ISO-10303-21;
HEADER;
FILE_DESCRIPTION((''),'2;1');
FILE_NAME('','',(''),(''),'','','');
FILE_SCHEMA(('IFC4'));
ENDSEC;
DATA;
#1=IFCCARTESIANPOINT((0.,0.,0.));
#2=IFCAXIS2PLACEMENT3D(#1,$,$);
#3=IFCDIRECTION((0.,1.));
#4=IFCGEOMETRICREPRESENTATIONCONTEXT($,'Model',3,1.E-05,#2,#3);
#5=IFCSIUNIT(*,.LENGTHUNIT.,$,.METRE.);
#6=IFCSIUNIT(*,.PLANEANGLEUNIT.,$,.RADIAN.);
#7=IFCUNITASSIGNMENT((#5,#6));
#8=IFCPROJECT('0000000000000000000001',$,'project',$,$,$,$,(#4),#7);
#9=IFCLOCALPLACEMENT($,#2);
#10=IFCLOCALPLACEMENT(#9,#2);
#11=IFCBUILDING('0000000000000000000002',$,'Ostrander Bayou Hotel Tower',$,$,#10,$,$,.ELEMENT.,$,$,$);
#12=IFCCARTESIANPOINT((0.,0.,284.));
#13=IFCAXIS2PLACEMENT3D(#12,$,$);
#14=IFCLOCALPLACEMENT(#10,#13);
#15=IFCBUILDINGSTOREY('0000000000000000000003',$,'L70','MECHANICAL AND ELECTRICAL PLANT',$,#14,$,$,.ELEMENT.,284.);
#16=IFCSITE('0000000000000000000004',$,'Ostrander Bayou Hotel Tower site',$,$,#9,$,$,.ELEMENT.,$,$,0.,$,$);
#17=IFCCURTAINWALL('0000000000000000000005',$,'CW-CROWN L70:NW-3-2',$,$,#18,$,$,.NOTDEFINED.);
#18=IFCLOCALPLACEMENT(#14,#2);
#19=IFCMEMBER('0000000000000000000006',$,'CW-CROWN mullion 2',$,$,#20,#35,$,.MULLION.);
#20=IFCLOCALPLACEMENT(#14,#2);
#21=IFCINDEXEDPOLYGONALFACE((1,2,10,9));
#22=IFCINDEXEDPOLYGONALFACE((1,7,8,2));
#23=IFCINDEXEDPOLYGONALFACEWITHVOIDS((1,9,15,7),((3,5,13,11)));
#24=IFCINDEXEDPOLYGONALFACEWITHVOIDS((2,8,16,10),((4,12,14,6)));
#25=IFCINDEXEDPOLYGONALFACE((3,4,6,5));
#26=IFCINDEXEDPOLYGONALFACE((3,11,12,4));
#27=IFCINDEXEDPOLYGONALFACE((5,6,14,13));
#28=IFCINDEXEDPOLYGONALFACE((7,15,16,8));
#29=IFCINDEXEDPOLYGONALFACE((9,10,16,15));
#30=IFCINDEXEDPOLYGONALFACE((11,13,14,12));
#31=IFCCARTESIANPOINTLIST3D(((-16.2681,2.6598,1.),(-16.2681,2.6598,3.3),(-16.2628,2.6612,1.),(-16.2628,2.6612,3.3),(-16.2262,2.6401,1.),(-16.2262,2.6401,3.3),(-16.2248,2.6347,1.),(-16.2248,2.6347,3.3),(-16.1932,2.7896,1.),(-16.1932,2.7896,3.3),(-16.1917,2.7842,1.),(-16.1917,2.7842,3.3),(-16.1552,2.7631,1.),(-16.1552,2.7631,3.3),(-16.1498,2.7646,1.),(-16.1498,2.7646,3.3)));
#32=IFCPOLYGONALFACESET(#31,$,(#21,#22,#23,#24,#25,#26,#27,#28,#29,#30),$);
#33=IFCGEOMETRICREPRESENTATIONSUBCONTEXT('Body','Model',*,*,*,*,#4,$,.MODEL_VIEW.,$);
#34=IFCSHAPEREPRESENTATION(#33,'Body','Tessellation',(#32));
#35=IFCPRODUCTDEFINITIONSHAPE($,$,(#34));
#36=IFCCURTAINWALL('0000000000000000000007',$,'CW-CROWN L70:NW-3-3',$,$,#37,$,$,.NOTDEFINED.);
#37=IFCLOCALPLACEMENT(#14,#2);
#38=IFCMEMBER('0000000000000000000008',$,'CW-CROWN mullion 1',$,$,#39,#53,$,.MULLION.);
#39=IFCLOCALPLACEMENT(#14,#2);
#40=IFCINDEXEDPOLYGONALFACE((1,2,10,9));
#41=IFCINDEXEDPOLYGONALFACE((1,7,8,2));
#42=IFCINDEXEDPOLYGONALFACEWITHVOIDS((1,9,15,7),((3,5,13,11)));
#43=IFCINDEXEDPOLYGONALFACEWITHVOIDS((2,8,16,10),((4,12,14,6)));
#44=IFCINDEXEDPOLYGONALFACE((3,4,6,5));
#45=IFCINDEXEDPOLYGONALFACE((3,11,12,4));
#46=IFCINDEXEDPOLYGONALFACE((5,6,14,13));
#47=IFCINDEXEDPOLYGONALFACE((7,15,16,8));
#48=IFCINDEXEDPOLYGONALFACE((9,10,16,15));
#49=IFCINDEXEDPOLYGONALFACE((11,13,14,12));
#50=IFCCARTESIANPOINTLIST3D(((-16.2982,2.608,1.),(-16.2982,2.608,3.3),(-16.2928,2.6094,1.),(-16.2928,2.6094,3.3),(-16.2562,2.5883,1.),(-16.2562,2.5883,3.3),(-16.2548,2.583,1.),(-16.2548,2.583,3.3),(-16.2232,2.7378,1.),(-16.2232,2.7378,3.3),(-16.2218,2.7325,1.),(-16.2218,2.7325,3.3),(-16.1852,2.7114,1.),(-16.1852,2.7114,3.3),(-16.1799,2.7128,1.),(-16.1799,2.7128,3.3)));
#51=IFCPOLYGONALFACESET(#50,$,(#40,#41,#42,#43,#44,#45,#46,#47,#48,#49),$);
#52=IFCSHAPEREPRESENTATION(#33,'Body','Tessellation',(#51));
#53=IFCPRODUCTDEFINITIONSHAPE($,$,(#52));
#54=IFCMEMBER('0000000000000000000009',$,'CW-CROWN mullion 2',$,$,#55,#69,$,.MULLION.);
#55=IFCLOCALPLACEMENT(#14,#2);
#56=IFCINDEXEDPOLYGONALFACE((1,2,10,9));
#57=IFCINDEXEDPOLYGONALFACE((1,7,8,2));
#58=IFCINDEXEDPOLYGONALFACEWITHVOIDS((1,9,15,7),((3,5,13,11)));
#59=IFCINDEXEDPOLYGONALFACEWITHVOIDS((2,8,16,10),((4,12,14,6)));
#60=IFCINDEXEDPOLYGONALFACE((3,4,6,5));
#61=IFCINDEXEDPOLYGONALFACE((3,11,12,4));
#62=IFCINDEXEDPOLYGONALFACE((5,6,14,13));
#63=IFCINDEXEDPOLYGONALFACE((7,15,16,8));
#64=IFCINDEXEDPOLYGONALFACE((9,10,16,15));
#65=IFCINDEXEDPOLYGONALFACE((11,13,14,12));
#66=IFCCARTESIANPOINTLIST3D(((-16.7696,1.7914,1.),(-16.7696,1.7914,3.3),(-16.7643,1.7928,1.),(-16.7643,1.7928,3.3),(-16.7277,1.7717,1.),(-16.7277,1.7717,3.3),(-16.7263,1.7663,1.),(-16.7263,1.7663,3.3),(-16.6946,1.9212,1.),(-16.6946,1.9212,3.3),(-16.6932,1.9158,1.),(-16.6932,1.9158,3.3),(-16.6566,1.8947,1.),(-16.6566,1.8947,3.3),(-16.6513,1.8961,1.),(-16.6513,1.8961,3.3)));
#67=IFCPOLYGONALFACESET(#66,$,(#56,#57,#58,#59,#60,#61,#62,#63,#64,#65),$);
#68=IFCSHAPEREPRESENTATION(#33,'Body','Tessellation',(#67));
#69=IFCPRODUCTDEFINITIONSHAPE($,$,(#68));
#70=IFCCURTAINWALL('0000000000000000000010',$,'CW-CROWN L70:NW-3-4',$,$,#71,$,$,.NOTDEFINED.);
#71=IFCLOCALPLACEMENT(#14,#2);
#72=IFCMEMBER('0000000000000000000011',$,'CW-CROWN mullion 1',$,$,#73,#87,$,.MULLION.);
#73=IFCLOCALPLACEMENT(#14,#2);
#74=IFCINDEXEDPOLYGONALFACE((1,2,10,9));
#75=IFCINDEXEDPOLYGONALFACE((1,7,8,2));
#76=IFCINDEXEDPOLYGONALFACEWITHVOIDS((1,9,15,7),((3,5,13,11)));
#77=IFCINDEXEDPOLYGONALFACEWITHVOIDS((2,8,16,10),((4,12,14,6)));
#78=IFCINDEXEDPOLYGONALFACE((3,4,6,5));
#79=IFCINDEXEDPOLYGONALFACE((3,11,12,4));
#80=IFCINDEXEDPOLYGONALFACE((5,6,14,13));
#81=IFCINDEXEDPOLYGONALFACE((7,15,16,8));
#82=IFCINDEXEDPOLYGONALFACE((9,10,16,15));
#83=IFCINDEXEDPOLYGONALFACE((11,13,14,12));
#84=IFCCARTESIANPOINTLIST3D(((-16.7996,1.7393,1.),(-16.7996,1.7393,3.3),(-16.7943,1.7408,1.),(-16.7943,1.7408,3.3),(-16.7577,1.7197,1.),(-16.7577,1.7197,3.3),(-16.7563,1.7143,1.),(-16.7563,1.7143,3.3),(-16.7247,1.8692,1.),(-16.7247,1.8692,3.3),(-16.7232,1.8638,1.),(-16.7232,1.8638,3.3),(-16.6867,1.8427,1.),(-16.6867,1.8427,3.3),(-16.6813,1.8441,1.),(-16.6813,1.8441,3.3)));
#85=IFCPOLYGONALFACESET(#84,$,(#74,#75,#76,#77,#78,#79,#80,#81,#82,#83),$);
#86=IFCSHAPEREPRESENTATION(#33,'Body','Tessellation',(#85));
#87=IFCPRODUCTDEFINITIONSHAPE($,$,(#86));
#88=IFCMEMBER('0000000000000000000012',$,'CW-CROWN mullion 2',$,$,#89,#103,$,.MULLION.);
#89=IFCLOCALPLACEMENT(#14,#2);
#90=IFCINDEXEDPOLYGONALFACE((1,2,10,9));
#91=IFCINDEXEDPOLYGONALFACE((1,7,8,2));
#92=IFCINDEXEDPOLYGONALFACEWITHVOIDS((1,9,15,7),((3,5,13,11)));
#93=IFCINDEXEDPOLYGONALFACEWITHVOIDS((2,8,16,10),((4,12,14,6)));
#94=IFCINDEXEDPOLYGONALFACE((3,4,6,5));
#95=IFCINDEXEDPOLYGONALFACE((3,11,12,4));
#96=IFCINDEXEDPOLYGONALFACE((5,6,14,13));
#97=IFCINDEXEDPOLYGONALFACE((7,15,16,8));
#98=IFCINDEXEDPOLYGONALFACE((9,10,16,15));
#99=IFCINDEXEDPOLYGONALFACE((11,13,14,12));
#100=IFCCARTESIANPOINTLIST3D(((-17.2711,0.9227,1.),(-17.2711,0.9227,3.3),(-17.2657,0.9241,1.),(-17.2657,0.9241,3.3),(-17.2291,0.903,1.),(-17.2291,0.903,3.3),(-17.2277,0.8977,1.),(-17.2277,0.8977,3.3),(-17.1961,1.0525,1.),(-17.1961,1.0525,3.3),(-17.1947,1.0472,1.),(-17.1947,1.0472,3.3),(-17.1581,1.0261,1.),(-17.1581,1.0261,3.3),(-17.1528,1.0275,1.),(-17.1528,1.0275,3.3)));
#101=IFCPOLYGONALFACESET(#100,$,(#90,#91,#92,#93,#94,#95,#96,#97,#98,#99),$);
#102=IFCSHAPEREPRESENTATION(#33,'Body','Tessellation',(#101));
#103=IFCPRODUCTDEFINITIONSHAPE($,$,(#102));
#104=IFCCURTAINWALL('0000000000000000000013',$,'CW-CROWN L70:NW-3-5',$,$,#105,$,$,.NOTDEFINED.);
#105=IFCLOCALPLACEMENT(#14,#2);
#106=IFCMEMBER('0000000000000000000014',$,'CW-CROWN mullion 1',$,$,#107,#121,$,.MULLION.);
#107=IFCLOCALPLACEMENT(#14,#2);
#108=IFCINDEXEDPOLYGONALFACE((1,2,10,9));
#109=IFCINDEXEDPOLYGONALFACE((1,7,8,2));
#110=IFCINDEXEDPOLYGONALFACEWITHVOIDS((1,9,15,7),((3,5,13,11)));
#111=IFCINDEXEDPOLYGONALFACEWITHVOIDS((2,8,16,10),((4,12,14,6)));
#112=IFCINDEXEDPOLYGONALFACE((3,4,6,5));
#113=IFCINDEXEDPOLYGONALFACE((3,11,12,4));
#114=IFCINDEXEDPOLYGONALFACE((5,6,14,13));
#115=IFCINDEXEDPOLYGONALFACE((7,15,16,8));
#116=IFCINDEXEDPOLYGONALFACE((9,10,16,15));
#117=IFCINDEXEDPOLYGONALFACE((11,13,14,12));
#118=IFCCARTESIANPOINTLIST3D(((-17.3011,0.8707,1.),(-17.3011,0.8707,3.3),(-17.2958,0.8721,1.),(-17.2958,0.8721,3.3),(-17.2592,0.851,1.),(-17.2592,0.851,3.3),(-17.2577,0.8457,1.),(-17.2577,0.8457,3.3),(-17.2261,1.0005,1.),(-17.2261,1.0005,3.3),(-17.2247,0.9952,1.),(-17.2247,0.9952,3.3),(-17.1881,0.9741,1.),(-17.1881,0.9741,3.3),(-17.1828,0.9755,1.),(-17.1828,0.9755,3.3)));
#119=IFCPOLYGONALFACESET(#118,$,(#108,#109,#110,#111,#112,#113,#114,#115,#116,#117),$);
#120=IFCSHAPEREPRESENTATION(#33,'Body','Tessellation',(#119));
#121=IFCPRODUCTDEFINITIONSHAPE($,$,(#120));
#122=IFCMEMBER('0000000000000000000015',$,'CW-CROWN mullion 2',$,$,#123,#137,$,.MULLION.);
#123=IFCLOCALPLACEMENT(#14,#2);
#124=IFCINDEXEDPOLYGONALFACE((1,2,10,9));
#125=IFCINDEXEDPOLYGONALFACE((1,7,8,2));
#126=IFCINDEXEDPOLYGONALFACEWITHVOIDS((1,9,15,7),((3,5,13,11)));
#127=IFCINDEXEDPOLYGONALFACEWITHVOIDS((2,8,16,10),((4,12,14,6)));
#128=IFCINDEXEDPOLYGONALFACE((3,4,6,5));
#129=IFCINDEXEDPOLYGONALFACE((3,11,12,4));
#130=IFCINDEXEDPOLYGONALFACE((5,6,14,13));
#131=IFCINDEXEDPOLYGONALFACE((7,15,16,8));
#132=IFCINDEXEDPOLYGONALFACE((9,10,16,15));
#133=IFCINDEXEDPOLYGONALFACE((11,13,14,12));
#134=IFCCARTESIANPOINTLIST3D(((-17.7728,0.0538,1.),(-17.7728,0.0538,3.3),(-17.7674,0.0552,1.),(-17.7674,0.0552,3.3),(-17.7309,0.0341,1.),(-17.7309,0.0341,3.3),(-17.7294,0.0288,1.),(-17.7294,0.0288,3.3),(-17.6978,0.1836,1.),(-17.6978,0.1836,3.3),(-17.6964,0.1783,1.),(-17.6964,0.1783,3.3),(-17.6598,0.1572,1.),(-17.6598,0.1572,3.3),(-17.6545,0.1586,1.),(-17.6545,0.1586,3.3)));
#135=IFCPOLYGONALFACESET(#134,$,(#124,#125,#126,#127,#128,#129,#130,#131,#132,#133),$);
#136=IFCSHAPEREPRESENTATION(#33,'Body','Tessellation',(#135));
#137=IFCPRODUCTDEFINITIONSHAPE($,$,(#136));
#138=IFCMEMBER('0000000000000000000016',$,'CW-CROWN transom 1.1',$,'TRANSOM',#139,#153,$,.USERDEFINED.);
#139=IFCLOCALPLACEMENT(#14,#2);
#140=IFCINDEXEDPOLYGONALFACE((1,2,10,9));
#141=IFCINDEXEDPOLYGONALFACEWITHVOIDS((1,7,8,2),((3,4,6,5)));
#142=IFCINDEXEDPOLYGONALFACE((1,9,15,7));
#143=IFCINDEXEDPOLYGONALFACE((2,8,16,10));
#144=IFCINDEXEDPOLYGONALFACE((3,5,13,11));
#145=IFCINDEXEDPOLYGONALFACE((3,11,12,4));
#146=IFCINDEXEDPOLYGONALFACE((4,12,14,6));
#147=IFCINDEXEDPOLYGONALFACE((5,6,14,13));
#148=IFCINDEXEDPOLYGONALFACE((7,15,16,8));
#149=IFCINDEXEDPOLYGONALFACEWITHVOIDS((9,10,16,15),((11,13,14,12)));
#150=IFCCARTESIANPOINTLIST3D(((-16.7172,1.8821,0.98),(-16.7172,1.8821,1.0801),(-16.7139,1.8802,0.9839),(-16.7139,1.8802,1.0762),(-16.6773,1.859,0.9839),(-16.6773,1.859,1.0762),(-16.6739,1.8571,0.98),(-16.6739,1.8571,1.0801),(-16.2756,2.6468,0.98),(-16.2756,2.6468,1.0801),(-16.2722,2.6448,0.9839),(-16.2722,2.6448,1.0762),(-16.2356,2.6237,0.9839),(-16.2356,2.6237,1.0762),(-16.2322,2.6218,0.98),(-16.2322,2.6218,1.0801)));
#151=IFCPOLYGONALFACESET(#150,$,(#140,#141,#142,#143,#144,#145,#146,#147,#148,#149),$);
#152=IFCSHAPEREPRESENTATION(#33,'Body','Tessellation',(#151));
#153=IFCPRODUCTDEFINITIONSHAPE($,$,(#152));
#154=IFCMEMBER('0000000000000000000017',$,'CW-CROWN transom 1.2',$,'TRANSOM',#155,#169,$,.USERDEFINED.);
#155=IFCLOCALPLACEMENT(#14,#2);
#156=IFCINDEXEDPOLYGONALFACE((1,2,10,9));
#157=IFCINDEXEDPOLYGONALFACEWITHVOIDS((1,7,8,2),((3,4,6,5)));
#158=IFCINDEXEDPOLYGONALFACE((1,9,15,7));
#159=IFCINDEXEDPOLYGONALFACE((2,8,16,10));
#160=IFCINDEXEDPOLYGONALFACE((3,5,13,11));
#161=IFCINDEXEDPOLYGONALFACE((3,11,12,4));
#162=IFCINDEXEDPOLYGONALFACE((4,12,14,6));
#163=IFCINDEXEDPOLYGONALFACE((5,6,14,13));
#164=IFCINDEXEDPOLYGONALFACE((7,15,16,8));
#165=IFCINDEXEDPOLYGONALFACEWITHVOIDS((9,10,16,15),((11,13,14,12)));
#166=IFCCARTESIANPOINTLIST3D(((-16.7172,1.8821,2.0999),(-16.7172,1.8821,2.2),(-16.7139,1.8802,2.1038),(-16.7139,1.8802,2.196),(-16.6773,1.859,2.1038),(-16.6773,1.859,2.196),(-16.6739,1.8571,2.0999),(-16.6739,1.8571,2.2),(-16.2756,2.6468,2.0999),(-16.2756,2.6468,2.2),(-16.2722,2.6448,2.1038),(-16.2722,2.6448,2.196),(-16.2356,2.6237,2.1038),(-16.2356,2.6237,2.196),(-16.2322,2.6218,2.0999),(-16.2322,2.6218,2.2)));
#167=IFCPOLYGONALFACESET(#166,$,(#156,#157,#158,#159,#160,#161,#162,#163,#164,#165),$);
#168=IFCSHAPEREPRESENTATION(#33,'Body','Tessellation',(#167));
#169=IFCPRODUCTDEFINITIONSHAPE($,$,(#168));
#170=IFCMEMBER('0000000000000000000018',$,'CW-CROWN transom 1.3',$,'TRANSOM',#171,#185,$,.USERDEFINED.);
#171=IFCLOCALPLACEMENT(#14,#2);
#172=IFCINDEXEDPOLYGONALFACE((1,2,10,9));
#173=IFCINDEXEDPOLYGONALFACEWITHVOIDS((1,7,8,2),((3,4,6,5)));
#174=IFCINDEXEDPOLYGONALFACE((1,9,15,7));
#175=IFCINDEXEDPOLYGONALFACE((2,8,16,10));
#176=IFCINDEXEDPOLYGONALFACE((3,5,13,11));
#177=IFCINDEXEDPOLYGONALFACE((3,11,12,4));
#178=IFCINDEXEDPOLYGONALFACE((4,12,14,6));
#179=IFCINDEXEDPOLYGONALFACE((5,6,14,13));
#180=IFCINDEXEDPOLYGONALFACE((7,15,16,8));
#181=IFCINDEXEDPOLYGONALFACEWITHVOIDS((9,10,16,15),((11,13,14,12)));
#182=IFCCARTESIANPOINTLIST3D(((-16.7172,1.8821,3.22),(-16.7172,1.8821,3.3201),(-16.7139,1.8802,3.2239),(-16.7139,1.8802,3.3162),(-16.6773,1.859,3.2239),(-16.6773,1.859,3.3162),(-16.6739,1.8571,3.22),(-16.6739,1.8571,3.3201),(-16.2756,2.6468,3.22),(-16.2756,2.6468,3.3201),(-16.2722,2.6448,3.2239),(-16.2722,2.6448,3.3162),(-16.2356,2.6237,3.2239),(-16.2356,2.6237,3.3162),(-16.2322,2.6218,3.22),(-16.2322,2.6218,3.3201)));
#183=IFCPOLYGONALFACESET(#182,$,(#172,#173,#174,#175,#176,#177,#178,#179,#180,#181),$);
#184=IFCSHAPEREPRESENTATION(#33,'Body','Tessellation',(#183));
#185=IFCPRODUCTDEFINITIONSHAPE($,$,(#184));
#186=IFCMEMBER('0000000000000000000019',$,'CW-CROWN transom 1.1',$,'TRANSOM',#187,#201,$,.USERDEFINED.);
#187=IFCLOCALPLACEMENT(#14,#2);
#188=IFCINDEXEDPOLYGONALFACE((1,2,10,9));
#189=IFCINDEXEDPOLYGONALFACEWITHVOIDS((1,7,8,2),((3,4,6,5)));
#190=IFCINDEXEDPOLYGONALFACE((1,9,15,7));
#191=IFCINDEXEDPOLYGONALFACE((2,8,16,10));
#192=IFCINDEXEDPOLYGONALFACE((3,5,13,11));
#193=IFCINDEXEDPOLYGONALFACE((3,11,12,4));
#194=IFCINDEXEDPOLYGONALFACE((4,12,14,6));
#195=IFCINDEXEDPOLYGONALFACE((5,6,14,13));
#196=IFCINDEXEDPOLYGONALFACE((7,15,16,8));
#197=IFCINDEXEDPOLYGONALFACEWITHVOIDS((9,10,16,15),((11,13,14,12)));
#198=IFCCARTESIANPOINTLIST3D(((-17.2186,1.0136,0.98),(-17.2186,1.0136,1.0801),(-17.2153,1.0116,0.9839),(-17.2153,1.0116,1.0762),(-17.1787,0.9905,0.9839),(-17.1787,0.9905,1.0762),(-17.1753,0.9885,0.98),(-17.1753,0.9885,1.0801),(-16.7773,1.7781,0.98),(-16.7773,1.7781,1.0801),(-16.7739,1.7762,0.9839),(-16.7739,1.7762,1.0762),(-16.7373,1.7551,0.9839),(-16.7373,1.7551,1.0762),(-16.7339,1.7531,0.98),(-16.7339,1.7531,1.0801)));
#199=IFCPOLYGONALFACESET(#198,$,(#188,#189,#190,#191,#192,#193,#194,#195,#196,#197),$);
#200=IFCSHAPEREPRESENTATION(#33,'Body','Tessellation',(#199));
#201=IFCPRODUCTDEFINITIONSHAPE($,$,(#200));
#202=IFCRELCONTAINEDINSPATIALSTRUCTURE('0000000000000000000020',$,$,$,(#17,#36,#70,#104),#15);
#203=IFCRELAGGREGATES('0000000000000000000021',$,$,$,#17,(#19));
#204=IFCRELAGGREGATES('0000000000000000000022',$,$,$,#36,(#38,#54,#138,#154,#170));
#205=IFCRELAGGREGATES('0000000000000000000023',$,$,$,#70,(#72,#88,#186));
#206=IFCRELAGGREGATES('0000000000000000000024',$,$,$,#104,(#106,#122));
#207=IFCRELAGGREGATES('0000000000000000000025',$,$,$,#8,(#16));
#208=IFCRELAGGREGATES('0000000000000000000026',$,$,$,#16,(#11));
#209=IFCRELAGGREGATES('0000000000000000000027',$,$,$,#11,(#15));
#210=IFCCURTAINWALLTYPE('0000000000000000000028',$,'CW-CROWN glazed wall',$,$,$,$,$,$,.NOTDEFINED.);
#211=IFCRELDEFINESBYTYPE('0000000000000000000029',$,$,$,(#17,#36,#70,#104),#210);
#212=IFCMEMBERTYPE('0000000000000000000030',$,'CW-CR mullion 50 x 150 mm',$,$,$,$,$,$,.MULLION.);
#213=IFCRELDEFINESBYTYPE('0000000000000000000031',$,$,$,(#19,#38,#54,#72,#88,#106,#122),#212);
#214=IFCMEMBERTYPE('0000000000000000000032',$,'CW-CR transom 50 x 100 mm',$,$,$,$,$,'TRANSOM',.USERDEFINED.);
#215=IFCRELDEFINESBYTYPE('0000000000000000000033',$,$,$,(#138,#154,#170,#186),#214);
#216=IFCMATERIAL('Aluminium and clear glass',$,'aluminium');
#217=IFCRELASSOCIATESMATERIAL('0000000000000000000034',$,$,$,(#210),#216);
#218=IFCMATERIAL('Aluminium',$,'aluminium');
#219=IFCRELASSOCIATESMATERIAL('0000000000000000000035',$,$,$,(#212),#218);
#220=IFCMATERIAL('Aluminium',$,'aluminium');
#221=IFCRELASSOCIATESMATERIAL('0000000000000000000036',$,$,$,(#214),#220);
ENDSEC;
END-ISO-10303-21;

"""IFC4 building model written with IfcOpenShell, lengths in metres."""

from ifc_helpers import new_model, si_unit, direction, frame, origin, origin_2d, place, context, subcontext, project, spatial, hollow_rectangle, extrude, material, material_profile, profile_set, type_object, element, aggregate, save


model = new_model("IFC4")

# Units and contexts
model_context = context("Model", 3, precision=1e-05, world=origin(), true_north=direction((0.0, 1.0)))
body_context = subcontext(model_context, "Body", "Model", "MODEL_VIEW")
ifc_project = project(units=[si_unit("LENGTHUNIT", "METRE"), si_unit("PLANEANGLEUNIT", "RADIAN")], contexts=[model_context])

# Site, building, storey
site_placement = place(None, origin())
site = spatial("IfcSite", under=ifc_project, at=site_placement, Name="Ostrander Bayou Hotel Tower site", CompositionType="ELEMENT", RefElevation=0.0)
building_placement = place(site_placement, origin())
building = spatial("IfcBuilding", under=site, at=building_placement, Name="Ostrander Bayou Hotel Tower", CompositionType="ELEMENT")
storey_placement = place(building_placement, frame((0.0, 0.0, 284.0)))
storey = spatial("IfcBuildingStorey", under=building, at=storey_placement, Name="L70", Description="MECHANICAL AND ELECTRICAL PLANT", CompositionType="ELEMENT", Elevation=284.0)

# Curtain wall, member
ifc_material_1 = material(Name="Aluminium and clear glass", Category="aluminium")
curtain_wall_type = type_object("IfcCurtainWallType", Name="CW-CROWN glazed wall", PredefinedType="NOTDEFINED", material=ifc_material_1)
curtain_wall_1_placement = place(storey_placement, origin())
curtain_wall_1 = element("IfcCurtainWall", 1, at=curtain_wall_1_placement, inside=storey, type_object=curtain_wall_type, Name="CW-CROWN L70:NW-3-2", PredefinedType="NOTDEFINED")
ifc_material_2 = material(Name="Aluminium", Category="aluminium")
ifc_material_profile_1 = material_profile(ifc_material_2, hollow_rectangle(XDim=0.05, YDim=0.1499, WallThickness=0.0039, at=origin_2d()))
ifc_profile_set_1 = profile_set([ifc_material_profile_1], Name="Aluminium")
member_type_1 = type_object("IfcMemberType", Name="CW-CR mullion 50 x 150 mm", PredefinedType="MULLION", material=ifc_profile_set_1)
member_1_placement = place(storey_placement, frame((-16.209, 2.7122, 1.0), z_axis=(0.0, 0.0, 1.0), x_axis=(0.866001, -0.500042, 0.0)))
member_1 = element("IfcMember", 2, at=member_1_placement, type_object=member_type_1, Name="CW-CROWN mullion 2", PredefinedType="MULLION", context=body_context, shape_type="SweptSolid", body=[
    extrude(hollow_rectangle(XDim=0.05, YDim=0.1499, WallThickness=0.0039, at=origin_2d()), origin(), (0.0, 0.0, 1.0), 2.3),
])

# Curtain walls, members
curtain_wall_2_placement = place(storey_placement, origin())
curtain_wall_2 = element("IfcCurtainWall", 3, at=curtain_wall_2_placement, inside=storey, type_object=curtain_wall_type, Name="CW-CROWN L70:NW-3-3", PredefinedType="NOTDEFINED")
member_2_placement = place(storey_placement, frame((-16.239, 2.6604, 1.0), z_axis=(0.0, 0.0, 1.0), x_axis=(0.86602, -0.50001, 0.0)))
member_2 = element("IfcMember", 4, at=member_2_placement, type_object=member_type_1, Name="CW-CROWN mullion 1", PredefinedType="MULLION", context=body_context, shape_type="SweptSolid", body=[
    extrude(hollow_rectangle(XDim=0.05, YDim=0.1499, WallThickness=0.0039, at=origin_2d()), origin(), (0.0, 0.0, 1.0), 2.3),
])
member_3_placement = place(storey_placement, frame((-16.7104, 1.8438, 1.0), z_axis=(0.0, 0.0, 1.0), x_axis=(0.86602, -0.50001, 0.0)))
member_3 = element("IfcMember", 5, at=member_3_placement, type_object=member_type_1, Name="CW-CROWN mullion 2", PredefinedType="MULLION", context=body_context, shape_type="SweptSolid", body=[
    extrude(hollow_rectangle(XDim=0.05, YDim=0.1499, WallThickness=0.0039, at=origin_2d()), origin(), (0.0, 0.0, 1.0), 2.3),
])
curtain_wall_3_placement = place(storey_placement, origin())
curtain_wall_3 = element("IfcCurtainWall", 6, at=curtain_wall_3_placement, inside=storey, type_object=curtain_wall_type, Name="CW-CROWN L70:NW-3-4", PredefinedType="NOTDEFINED")
member_4_placement = place(storey_placement, frame((-16.7405, 1.7917, 1.0), z_axis=(0.0, 0.0, 1.0), x_axis=(0.866044, -0.499967, 0.0)))
member_4 = element("IfcMember", 7, at=member_4_placement, type_object=member_type_1, Name="CW-CROWN mullion 1", PredefinedType="MULLION", context=body_context, shape_type="SweptSolid", body=[
    extrude(hollow_rectangle(XDim=0.05, YDim=0.1499, WallThickness=0.0039, at=origin_2d()), origin(), (0.0, 0.0, 1.0), 2.3),
])
member_5_placement = place(storey_placement, frame((-17.2119, 0.9751, 1.0), z_axis=(0.0, 0.0, 1.0), x_axis=(0.866044, -0.499967, 0.0)))
member_5 = element("IfcMember", 8, at=member_5_placement, type_object=member_type_1, Name="CW-CROWN mullion 2", PredefinedType="MULLION", context=body_context, shape_type="SweptSolid", body=[
    extrude(hollow_rectangle(XDim=0.05, YDim=0.1499, WallThickness=0.0039, at=origin_2d()), origin(), (0.0, 0.0, 1.0), 2.3),
])
curtain_wall_4_placement = place(storey_placement, origin())
curtain_wall_4 = element("IfcCurtainWall", 9, at=curtain_wall_4_placement, inside=storey, type_object=curtain_wall_type, Name="CW-CROWN L70:NW-3-5", PredefinedType="NOTDEFINED")
member_6_placement = place(storey_placement, frame((-17.2419, 0.9231, 1.0), z_axis=(0.0, 0.0, 1.0), x_axis=(0.866044, -0.499967, 0.0)))
member_6 = element("IfcMember", 10, at=member_6_placement, type_object=member_type_1, Name="CW-CROWN mullion 1", PredefinedType="MULLION", context=body_context, shape_type="SweptSolid", body=[
    extrude(hollow_rectangle(XDim=0.05, YDim=0.1499, WallThickness=0.0039, at=origin_2d()), origin(), (0.0, 0.0, 1.0), 2.3),
])
member_7_placement = place(storey_placement, frame((-17.7136, 0.1062, 1.0), z_axis=(0.0, 0.0, 1.0), x_axis=(0.866044, -0.499967, 0.0)))
member_7 = element("IfcMember", 11, at=member_7_placement, type_object=member_type_1, Name="CW-CROWN mullion 2", PredefinedType="MULLION", context=body_context, shape_type="SweptSolid", body=[
    extrude(hollow_rectangle(XDim=0.05, YDim=0.1499, WallThickness=0.0039, at=origin_2d()), origin(), (0.0, 0.0, 1.0), 2.3),
])

# Members
ifc_material_3 = material(Name="Aluminium", Category="aluminium")
ifc_material_profile_2 = material_profile(ifc_material_3, hollow_rectangle(XDim=0.05, YDim=0.1001, WallThickness=0.0039, at=origin_2d()))
ifc_profile_set_2 = profile_set([ifc_material_profile_2], Name="Aluminium")
member_type_2 = type_object("IfcMemberType", Name="CW-CR transom 50 x 100 mm", ElementType="TRANSOM", PredefinedType="USERDEFINED", material=ifc_profile_set_2)
member_8_placement = place(storey_placement, frame((-16.2539, 2.6343, 1.03), z_axis=(-0.500153, -0.865937, 0.0), x_axis=(0.865937, -0.500153, 0.0)))
member_8 = element("IfcMember", 12, at=member_8_placement, type_object=member_type_2, Name="CW-CROWN transom 1.1", ObjectType="TRANSOM", PredefinedType="USERDEFINED", context=body_context, shape_type="SweptSolid", body=[
    extrude(hollow_rectangle(XDim=0.05, YDim=0.1001, WallThickness=0.0039, at=origin_2d()), origin(), (0.0, 0.0, 1.0), 0.8831),
])
member_9_placement = place(storey_placement, frame((-16.2539, 2.6343, 2.1499), z_axis=(-0.500153, -0.865937, 0.0), x_axis=(0.865937, -0.500153, 0.0)))
member_9 = element("IfcMember", 13, at=member_9_placement, type_object=member_type_2, Name="CW-CROWN transom 1.2", ObjectType="TRANSOM", PredefinedType="USERDEFINED", context=body_context, shape_type="SweptSolid", body=[
    extrude(hollow_rectangle(XDim=0.05, YDim=0.1001, WallThickness=0.0039, at=origin_2d()), origin(), (0.0, 0.0, 1.0), 0.8831),
])
member_10_placement = place(storey_placement, frame((-16.2539, 2.6343, 3.27), z_axis=(-0.500153, -0.865937, 0.0), x_axis=(0.865937, -0.500153, 0.0)))
member_10 = element("IfcMember", 14, at=member_10_placement, type_object=member_type_2, Name="CW-CROWN transom 1.3", ObjectType="TRANSOM", PredefinedType="USERDEFINED", context=body_context, shape_type="SweptSolid", body=[
    extrude(hollow_rectangle(XDim=0.05, YDim=0.1001, WallThickness=0.0039, at=origin_2d()), origin(), (0.0, 0.0, 1.0), 0.8831),
])
member_11_placement = place(storey_placement, frame((-16.7556, 1.7656, 1.03), z_axis=(-0.499946, -0.866057, 0.0), x_axis=(0.866057, -0.499946, 0.0)))
member_11 = element("IfcMember", 15, at=member_11_placement, type_object=member_type_2, Name="CW-CROWN transom 1.1", ObjectType="TRANSOM", PredefinedType="USERDEFINED", context=body_context, shape_type="SweptSolid", body=[
    extrude(hollow_rectangle(XDim=0.05, YDim=0.1001, WallThickness=0.0039, at=origin_2d()), origin(), (0.0, 0.0, 1.0), 0.8828),
])

aggregate(curtain_wall_1, [member_1])
aggregate(curtain_wall_2, [member_2, member_3, member_8, member_9, member_10])
aggregate(curtain_wall_3, [member_4, member_5, member_11])
aggregate(curtain_wall_4, [member_6, member_7])

save(model, "model.ifc")
